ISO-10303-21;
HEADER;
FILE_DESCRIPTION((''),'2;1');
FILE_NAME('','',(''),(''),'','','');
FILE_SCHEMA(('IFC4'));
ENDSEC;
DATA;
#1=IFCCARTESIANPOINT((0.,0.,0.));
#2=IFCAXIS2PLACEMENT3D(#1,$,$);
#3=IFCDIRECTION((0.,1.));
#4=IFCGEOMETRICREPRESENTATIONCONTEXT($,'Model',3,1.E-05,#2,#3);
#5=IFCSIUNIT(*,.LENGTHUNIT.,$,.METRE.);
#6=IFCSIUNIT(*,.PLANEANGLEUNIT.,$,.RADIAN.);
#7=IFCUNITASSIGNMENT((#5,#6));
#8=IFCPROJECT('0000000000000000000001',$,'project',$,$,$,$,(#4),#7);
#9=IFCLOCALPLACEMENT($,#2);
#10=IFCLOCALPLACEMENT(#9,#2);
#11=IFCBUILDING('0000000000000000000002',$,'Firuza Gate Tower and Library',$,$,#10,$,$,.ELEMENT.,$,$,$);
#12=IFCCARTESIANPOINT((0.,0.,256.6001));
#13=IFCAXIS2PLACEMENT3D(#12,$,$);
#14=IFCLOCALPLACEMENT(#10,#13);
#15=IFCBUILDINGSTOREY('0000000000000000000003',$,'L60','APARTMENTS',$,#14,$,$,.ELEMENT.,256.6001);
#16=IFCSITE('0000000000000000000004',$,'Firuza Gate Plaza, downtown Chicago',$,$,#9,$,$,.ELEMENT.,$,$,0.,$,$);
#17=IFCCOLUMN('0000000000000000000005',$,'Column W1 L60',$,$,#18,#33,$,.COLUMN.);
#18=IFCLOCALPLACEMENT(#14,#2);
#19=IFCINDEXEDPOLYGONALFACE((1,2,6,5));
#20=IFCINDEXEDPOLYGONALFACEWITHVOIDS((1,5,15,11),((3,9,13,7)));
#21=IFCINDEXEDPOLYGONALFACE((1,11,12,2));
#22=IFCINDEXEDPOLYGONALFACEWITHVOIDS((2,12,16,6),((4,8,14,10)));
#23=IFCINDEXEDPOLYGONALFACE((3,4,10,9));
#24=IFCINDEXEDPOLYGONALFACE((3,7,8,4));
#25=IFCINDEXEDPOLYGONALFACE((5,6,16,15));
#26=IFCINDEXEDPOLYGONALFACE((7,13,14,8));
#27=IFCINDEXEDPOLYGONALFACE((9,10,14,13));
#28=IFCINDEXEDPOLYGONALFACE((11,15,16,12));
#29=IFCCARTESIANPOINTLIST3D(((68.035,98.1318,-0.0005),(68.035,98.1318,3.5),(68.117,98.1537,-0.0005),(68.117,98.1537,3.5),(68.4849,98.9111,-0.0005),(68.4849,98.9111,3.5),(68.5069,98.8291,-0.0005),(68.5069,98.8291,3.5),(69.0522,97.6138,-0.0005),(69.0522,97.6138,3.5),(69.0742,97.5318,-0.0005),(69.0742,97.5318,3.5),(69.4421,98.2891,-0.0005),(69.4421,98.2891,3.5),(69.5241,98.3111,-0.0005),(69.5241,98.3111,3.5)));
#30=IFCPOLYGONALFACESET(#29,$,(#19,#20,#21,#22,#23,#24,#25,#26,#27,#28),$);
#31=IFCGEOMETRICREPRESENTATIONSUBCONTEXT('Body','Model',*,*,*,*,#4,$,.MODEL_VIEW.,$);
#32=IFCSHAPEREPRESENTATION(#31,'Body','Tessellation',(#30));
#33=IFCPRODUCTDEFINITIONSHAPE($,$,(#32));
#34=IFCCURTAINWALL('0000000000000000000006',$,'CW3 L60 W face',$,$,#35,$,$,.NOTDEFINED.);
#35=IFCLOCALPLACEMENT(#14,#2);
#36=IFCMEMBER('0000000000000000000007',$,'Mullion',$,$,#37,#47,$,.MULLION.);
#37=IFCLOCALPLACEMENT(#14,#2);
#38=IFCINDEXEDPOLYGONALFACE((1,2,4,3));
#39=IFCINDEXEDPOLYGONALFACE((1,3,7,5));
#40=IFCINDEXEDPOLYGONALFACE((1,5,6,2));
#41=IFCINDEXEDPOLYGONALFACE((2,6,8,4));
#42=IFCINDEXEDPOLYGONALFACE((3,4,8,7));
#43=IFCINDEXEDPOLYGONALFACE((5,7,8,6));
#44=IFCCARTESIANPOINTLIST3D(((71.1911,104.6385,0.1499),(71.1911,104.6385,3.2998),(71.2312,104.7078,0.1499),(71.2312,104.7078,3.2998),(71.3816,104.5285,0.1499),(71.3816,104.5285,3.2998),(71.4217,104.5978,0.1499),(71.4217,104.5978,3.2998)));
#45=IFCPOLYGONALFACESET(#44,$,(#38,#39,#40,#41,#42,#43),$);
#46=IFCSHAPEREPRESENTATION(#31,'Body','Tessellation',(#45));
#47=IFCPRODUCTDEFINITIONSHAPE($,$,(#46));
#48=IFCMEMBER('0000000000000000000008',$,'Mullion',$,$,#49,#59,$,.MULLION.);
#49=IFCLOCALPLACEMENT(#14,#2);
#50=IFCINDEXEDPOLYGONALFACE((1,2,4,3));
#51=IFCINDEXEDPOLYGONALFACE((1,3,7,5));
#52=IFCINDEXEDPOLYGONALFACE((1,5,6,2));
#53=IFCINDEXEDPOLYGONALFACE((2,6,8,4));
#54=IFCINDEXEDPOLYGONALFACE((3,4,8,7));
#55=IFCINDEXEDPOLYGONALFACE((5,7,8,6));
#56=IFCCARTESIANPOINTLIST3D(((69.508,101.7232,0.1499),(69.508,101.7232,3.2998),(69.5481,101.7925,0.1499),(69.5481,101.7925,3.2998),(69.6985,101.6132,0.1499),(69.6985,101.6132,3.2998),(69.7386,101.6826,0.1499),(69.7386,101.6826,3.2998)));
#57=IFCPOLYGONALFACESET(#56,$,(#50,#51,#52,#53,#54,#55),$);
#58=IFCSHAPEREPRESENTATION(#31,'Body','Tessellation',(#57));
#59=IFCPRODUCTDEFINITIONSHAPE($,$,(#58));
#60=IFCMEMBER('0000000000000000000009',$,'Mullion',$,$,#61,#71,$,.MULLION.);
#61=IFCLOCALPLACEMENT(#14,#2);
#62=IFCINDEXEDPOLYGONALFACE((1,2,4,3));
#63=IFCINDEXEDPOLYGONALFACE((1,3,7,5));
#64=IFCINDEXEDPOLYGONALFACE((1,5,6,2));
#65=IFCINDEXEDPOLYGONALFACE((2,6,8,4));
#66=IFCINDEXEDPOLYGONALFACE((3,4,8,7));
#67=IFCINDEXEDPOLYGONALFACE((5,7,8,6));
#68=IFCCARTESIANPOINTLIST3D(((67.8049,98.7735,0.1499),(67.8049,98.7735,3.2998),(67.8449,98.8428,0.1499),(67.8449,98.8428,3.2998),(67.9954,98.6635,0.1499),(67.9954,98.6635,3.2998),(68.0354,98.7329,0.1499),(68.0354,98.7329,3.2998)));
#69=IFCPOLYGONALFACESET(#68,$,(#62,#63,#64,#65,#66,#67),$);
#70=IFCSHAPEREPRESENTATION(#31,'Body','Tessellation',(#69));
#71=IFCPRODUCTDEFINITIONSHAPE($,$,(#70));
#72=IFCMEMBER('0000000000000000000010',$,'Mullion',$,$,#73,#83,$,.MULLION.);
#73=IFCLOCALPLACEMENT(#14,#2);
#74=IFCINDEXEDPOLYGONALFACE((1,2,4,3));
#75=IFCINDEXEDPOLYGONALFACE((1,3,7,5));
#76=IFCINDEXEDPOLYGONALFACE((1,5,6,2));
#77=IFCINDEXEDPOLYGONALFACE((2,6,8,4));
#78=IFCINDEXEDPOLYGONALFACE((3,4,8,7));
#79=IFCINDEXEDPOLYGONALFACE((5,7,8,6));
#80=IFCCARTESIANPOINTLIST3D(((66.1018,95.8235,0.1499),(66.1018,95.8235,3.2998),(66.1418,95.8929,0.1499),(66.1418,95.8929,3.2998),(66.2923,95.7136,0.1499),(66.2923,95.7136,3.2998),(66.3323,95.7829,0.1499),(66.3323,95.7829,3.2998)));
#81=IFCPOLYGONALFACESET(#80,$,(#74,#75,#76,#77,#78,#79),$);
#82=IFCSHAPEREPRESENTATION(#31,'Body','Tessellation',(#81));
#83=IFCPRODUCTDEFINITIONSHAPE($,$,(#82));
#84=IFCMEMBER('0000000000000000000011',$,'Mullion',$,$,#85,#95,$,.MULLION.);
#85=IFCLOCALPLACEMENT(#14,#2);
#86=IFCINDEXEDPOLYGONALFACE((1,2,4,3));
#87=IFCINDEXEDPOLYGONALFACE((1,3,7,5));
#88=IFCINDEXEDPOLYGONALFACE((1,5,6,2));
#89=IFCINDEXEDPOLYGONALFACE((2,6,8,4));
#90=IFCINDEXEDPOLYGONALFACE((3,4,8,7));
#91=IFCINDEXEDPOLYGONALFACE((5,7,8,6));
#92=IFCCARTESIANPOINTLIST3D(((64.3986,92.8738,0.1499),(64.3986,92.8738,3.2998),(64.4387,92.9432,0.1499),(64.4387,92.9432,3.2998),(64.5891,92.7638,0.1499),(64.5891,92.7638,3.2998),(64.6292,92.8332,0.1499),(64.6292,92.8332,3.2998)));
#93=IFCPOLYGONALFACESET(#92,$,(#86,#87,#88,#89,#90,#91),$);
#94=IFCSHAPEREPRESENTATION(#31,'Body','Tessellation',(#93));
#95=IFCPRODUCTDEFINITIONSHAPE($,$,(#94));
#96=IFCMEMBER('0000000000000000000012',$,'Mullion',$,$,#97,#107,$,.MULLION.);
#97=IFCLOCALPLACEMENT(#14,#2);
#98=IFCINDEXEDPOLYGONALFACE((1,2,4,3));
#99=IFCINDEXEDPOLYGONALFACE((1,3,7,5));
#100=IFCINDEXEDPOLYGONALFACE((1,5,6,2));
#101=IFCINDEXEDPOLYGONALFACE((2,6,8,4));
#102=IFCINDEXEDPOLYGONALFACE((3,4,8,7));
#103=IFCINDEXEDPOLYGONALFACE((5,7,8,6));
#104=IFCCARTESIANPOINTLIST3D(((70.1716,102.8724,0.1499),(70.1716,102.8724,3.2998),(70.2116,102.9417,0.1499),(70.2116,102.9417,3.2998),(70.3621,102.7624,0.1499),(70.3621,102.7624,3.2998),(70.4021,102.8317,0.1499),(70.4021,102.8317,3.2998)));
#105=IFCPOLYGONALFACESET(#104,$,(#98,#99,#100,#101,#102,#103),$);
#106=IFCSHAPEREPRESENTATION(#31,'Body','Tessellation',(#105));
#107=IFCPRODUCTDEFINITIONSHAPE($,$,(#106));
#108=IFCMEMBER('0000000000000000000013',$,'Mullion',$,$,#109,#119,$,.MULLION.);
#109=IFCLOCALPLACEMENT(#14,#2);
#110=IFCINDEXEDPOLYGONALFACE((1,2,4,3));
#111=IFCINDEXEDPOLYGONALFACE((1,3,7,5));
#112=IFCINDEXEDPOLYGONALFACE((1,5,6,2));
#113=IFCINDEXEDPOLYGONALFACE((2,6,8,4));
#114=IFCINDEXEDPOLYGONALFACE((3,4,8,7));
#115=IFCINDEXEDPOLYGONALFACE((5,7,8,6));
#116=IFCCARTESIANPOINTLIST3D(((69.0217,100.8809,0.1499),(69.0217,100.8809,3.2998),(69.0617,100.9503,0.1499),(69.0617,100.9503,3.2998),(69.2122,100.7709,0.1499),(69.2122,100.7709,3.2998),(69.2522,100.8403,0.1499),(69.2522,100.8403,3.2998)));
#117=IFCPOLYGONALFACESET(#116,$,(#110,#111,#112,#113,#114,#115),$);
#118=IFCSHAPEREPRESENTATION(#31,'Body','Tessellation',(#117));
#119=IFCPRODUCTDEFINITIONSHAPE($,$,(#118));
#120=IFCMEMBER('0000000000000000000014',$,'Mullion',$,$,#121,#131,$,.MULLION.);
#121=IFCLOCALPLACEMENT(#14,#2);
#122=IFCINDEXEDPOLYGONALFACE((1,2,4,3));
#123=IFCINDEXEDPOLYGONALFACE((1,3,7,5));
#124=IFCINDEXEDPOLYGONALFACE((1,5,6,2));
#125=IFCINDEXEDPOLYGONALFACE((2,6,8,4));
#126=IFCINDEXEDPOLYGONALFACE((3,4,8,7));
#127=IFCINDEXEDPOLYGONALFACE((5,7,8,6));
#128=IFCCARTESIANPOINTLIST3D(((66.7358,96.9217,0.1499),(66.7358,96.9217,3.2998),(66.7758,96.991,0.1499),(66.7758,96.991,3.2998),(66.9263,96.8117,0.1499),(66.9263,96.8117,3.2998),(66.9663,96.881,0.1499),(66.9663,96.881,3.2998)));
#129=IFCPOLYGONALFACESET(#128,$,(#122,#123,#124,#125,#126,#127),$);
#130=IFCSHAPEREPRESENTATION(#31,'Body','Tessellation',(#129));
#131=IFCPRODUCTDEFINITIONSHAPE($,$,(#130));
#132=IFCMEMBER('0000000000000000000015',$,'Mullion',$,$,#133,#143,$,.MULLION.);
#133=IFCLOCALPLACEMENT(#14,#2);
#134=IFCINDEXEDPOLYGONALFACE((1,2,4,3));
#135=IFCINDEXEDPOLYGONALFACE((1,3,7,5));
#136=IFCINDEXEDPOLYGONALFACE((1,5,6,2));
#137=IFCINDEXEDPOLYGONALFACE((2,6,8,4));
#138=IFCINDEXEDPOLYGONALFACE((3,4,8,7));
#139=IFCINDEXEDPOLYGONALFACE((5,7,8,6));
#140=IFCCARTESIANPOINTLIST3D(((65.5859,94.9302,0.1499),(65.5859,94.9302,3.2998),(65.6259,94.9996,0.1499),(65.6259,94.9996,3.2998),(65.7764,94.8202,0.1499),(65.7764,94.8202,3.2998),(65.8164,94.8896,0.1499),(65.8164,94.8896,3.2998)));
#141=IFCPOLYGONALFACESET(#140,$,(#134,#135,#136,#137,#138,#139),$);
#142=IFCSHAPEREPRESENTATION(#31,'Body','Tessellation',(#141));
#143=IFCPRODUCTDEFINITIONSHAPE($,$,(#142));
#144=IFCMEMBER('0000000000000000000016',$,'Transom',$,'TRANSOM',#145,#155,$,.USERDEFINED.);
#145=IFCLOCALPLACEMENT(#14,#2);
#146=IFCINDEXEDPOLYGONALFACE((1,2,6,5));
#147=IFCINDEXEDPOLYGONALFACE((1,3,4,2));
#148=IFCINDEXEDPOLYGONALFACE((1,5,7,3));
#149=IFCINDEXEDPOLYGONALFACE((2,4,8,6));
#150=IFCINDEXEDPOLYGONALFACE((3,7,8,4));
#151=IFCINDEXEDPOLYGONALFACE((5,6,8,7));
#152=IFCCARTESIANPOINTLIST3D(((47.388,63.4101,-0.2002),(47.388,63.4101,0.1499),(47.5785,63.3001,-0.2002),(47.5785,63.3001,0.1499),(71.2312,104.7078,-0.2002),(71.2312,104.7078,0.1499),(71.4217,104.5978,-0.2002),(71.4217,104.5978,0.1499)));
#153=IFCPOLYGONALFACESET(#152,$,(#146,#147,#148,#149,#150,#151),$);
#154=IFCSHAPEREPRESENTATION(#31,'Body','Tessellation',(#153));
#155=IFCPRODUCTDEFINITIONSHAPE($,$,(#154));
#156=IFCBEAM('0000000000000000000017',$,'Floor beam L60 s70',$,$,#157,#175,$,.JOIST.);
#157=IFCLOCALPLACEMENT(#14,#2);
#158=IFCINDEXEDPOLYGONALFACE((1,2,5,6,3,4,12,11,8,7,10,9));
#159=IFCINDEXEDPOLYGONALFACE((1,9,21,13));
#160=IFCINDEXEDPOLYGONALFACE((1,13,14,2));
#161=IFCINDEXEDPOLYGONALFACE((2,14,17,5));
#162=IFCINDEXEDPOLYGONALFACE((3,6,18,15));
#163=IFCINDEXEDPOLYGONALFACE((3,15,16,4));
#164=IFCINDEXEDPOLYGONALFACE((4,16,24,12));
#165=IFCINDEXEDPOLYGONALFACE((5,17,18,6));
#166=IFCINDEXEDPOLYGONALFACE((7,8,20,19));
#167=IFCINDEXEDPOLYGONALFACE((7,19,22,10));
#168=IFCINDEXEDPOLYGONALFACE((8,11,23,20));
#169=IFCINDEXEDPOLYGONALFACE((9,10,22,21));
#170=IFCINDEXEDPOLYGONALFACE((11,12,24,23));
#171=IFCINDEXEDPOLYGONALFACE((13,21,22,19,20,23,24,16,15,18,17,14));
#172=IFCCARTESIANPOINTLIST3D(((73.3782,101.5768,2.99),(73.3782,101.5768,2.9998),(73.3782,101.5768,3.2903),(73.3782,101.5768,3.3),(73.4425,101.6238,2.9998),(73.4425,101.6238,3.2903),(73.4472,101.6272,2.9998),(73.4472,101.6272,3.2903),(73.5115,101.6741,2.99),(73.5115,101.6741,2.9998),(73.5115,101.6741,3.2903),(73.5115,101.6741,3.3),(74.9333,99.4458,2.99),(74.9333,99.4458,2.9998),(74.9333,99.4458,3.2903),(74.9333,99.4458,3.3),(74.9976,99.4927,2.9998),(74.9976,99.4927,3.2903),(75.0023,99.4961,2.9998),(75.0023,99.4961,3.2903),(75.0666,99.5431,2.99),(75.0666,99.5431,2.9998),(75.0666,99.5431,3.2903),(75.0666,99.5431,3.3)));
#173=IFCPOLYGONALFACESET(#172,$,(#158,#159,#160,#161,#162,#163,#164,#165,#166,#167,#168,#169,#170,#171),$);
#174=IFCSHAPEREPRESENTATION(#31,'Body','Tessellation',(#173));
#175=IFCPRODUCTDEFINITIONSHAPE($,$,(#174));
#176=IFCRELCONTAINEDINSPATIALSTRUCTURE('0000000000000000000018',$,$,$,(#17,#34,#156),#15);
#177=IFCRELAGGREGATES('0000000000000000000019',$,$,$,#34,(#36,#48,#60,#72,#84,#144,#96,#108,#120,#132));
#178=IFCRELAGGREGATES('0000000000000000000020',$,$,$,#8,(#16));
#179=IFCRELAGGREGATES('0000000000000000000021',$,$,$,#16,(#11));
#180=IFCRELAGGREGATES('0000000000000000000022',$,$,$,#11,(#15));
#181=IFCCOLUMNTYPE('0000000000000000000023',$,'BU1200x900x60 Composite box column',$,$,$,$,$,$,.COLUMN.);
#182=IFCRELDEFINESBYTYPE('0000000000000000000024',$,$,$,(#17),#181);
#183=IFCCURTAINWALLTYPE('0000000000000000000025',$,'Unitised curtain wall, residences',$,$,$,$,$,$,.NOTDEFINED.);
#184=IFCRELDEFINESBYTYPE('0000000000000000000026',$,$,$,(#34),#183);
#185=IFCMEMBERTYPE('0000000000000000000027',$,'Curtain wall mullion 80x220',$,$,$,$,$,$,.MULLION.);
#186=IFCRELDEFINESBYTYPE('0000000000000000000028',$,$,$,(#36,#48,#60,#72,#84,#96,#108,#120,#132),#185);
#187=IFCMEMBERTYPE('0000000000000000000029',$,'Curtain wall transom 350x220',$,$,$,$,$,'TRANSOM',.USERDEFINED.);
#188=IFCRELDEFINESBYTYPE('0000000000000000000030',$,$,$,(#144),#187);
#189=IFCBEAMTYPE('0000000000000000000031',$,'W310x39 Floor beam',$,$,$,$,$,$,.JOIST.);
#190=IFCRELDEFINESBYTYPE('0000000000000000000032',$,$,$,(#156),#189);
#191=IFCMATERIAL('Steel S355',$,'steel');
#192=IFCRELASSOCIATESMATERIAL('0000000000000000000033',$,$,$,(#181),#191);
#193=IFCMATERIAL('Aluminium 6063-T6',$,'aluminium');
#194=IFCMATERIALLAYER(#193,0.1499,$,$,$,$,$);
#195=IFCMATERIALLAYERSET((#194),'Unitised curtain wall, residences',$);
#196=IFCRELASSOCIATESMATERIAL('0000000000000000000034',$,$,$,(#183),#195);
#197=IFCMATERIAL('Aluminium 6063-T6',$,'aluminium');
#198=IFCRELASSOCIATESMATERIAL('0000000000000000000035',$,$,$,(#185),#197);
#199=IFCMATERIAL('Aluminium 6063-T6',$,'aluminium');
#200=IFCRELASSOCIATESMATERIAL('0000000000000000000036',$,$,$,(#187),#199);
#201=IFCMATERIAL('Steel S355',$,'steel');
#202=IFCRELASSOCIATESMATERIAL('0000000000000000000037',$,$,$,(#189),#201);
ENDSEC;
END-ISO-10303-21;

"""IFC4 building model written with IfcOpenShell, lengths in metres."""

from ifc_helpers import new_model, si_unit, direction, frame, origin, origin_2d, place, context, subcontext, project, spatial, rectangle, hollow_rectangle, i_section, extrude, material, layer, layer_set, material_profile, profile_set, type_object, element, aggregate, save


model = new_model("IFC4")

# Units and contexts
model_context = context("Model", 3, precision=1e-05, world=origin(), true_north=direction((0.0, 1.0)))
body_context = subcontext(model_context, "Body", "Model", "MODEL_VIEW")
ifc_project = project(units=[si_unit("LENGTHUNIT", "METRE"), si_unit("PLANEANGLEUNIT", "RADIAN")], contexts=[model_context])

# Site, building, storey
site_placement = place(None, origin())
site = spatial("IfcSite", under=ifc_project, at=site_placement, Name="Firuza Gate Plaza, downtown Chicago", CompositionType="ELEMENT", RefElevation=0.0)
building_placement = place(site_placement, origin())
building = spatial("IfcBuilding", under=site, at=building_placement, Name="Firuza Gate Tower and Library", CompositionType="ELEMENT")
storey_placement = place(building_placement, frame((0.0, 0.0, 256.6001)))
storey = spatial("IfcBuildingStorey", under=building, at=storey_placement, Name="L60", Description="APARTMENTS", CompositionType="ELEMENT", Elevation=256.6001)

# Column
ifc_material_1 = material(Name="Steel S355", Category="steel")
ifc_material_profile_1 = material_profile(ifc_material_1, hollow_rectangle(XDim=0.8999, YDim=1.2, WallThickness=0.0601, at=origin_2d()))
ifc_profile_set_1 = profile_set([ifc_material_profile_1], Name="Steel S355")
column_type = type_object("IfcColumnType", Name="BU1200x900x60 Composite box column", PredefinedType="COLUMN", material=ifc_profile_set_1)
column_placement = place(storey_placement, frame((68.7795, 98.2214, -0.0005), z_axis=(0.0, 0.0, 1.0), x_axis=(-0.5, -0.866025, 0.0)))
element("IfcColumn", 1, at=column_placement, inside=storey, type_object=column_type, Name="Column W1 L60", PredefinedType="COLUMN", context=body_context, shape_type="SweptSolid", body=[
    extrude(hollow_rectangle(XDim=0.8999, YDim=1.2, WallThickness=0.0601, at=origin_2d()), origin(), (0.0, 0.0, 1.0), 3.5005),
])

# Curtain wall, members
ifc_material_2 = material(Name="Aluminium 6063-T6", Category="aluminium")
ifc_layer_1 = layer(ifc_material_2, 0.1499)
ifc_layer_set_1 = layer_set([ifc_layer_1], Name="Unitised curtain wall, residences")
curtain_wall_type = type_object("IfcCurtainWallType", Name="Unitised curtain wall, residences", PredefinedType="NOTDEFINED", material=ifc_layer_set_1)
curtain_wall_placement = place(storey_placement, origin())
curtain_wall = element("IfcCurtainWall", 2, at=curtain_wall_placement, inside=storey, type_object=curtain_wall_type, Name="CW3 L60 W face", PredefinedType="NOTDEFINED")
ifc_material_3 = material(Name="Aluminium 6063-T6", Category="aluminium")
ifc_material_profile_2 = material_profile(ifc_material_3, rectangle(XDim=0.22, YDim=0.0801, at=origin_2d()))
ifc_profile_set_2 = profile_set([ifc_material_profile_2], Name="Aluminium 6063-T6")
member_type_1 = type_object("IfcMemberType", Name="Curtain wall mullion 80x220", PredefinedType="MULLION", material=ifc_profile_set_2)
member_1_placement = place(storey_placement, frame((71.3064, 104.6182, 0.1499), z_axis=(0.0, 0.0, 1.0), x_axis=(0.866025, -0.5, 0.0)))
member_1 = element("IfcMember", 3, at=member_1_placement, type_object=member_type_1, Name="Mullion", PredefinedType="MULLION", context=body_context, shape_type="SweptSolid", body=[
    extrude(rectangle(XDim=0.22, YDim=0.0801, at=origin_2d()), origin(), (0.0, 0.0, 1.0), 3.1499),
])
member_2_placement = place(storey_placement, frame((69.6233, 101.7029, 0.1499), z_axis=(0.0, 0.0, 1.0), x_axis=(0.866025, -0.5, 0.0)))
member_2 = element("IfcMember", 4, at=member_2_placement, type_object=member_type_1, Name="Mullion", PredefinedType="MULLION", context=body_context, shape_type="SweptSolid", body=[
    extrude(rectangle(XDim=0.22, YDim=0.0801, at=origin_2d()), origin(), (0.0, 0.0, 1.0), 3.1499),
])
member_3_placement = place(storey_placement, frame((67.9202, 98.7532, 0.1499), z_axis=(0.0, 0.0, 1.0), x_axis=(0.866025, -0.5, 0.0)))
member_3 = element("IfcMember", 5, at=member_3_placement, type_object=member_type_1, Name="Mullion", PredefinedType="MULLION", context=body_context, shape_type="SweptSolid", body=[
    extrude(rectangle(XDim=0.22, YDim=0.0801, at=origin_2d()), origin(), (0.0, 0.0, 1.0), 3.1499),
])
member_4_placement = place(storey_placement, frame((66.217, 95.8032, 0.1499), z_axis=(0.0, 0.0, 1.0), x_axis=(0.866025, -0.5, 0.0)))
member_4 = element("IfcMember", 6, at=member_4_placement, type_object=member_type_1, Name="Mullion", PredefinedType="MULLION", context=body_context, shape_type="SweptSolid", body=[
    extrude(rectangle(XDim=0.22, YDim=0.0801, at=origin_2d()), origin(), (0.0, 0.0, 1.0), 3.1499),
])
member_5_placement = place(storey_placement, frame((64.5139, 92.8535, 0.1499), z_axis=(0.0, 0.0, 1.0), x_axis=(0.866025, -0.5, 0.0)))
member_5 = element("IfcMember", 7, at=member_5_placement, type_object=member_type_1, Name="Mullion", PredefinedType="MULLION", context=body_context, shape_type="SweptSolid", body=[
    extrude(rectangle(XDim=0.22, YDim=0.0801, at=origin_2d()), origin(), (0.0, 0.0, 1.0), 3.1499),
])
member_6_placement = place(storey_placement, frame((70.2869, 102.8521, 0.1499), z_axis=(0.0, 0.0, 1.0), x_axis=(0.866025, -0.5, 0.0)))
member_6 = element("IfcMember", 8, at=member_6_placement, type_object=member_type_1, Name="Mullion", PredefinedType="MULLION", context=body_context, shape_type="SweptSolid", body=[
    extrude(rectangle(XDim=0.22, YDim=0.0801, at=origin_2d()), origin(), (0.0, 0.0, 1.0), 3.1499),
])
member_7_placement = place(storey_placement, frame((69.137, 100.8606, 0.1499), z_axis=(0.0, 0.0, 1.0), x_axis=(0.866025, -0.5, 0.0)))
member_7 = element("IfcMember", 9, at=member_7_placement, type_object=member_type_1, Name="Mullion", PredefinedType="MULLION", context=body_context, shape_type="SweptSolid", body=[
    extrude(rectangle(XDim=0.22, YDim=0.0801, at=origin_2d()), origin(), (0.0, 0.0, 1.0), 3.1499),
])
member_8_placement = place(storey_placement, frame((66.8511, 96.9014, 0.1499), z_axis=(0.0, 0.0, 1.0), x_axis=(0.866025, -0.5, 0.0)))
member_8 = element("IfcMember", 10, at=member_8_placement, type_object=member_type_1, Name="Mullion", PredefinedType="MULLION", context=body_context, shape_type="SweptSolid", body=[
    extrude(rectangle(XDim=0.22, YDim=0.0801, at=origin_2d()), origin(), (0.0, 0.0, 1.0), 3.1499),
])
member_9_placement = place(storey_placement, frame((65.7012, 94.9099, 0.1499), z_axis=(0.0, 0.0, 1.0), x_axis=(0.866025, -0.5, 0.0)))
member_9 = element("IfcMember", 11, at=member_9_placement, type_object=member_type_1, Name="Mullion", PredefinedType="MULLION", context=body_context, shape_type="SweptSolid", body=[
    extrude(rectangle(XDim=0.22, YDim=0.0801, at=origin_2d()), origin(), (0.0, 0.0, 1.0), 3.1499),
])
ifc_material_4 = material(Name="Aluminium 6063-T6", Category="aluminium")
ifc_material_profile_3 = material_profile(ifc_material_4, rectangle(XDim=0.22, YDim=0.3501, at=origin_2d()))
ifc_profile_set_3 = profile_set([ifc_material_profile_3], Name="Aluminium 6063-T6")
member_type_2 = type_object("IfcMemberType", Name="Curtain wall transom 350x220", ElementType="TRANSOM", PredefinedType="USERDEFINED", material=ifc_profile_set_3)
member_10_placement = place(storey_placement, frame((71.3264, 104.6528, -0.0251), z_axis=(-0.499999, -0.866026, 0.0), x_axis=(0.866026, -0.499999, 0.0)))
member_10 = element("IfcMember", 12, at=member_10_placement, type_object=member_type_2, Name="Transom", ObjectType="TRANSOM", PredefinedType="USERDEFINED", context=body_context, shape_type="SweptSolid", body=[
    extrude(rectangle(XDim=0.22, YDim=0.3501, at=origin_2d()), origin(), (0.0, 0.0, 1.0), 47.6865),
])

# Beam
ifc_material_5 = material(Name="Steel S355", Category="steel")
ifc_material_profile_4 = material_profile(ifc_material_5, i_section(OverallWidth=0.165, OverallDepth=0.3101, WebThickness=0.0059, FlangeThickness=0.0098, at=origin_2d()))
ifc_profile_set_4 = profile_set([ifc_material_profile_4], Name="Steel S355")
beam_type_1 = type_object("IfcBeamType", Name="W310x39 Floor beam", PredefinedType="JOIST", material=ifc_profile_set_4)
beam_1_placement = place(storey_placement, frame((73.4448, 101.6255, 3.145), z_axis=(0.58948, -0.807783, 0.0), x_axis=(0.807783, 0.58948, 0.0)))
element("IfcBeam", 13, at=beam_1_placement, inside=storey, type_object=beam_type_1, Name="Floor beam L60 s70", PredefinedType="JOIST", context=body_context, shape_type="SweptSolid", body=[
    extrude(i_section(OverallWidth=0.165, OverallDepth=0.3101, WebThickness=0.0059, FlangeThickness=0.0098, at=origin_2d()), origin(), (0.0, 0.0, 1.0), 2.6382),
])

aggregate(curtain_wall, [member_1, member_2, member_3, member_4, member_5, member_10, member_6, member_7, member_8, member_9])

save(model, "model.ifc")
